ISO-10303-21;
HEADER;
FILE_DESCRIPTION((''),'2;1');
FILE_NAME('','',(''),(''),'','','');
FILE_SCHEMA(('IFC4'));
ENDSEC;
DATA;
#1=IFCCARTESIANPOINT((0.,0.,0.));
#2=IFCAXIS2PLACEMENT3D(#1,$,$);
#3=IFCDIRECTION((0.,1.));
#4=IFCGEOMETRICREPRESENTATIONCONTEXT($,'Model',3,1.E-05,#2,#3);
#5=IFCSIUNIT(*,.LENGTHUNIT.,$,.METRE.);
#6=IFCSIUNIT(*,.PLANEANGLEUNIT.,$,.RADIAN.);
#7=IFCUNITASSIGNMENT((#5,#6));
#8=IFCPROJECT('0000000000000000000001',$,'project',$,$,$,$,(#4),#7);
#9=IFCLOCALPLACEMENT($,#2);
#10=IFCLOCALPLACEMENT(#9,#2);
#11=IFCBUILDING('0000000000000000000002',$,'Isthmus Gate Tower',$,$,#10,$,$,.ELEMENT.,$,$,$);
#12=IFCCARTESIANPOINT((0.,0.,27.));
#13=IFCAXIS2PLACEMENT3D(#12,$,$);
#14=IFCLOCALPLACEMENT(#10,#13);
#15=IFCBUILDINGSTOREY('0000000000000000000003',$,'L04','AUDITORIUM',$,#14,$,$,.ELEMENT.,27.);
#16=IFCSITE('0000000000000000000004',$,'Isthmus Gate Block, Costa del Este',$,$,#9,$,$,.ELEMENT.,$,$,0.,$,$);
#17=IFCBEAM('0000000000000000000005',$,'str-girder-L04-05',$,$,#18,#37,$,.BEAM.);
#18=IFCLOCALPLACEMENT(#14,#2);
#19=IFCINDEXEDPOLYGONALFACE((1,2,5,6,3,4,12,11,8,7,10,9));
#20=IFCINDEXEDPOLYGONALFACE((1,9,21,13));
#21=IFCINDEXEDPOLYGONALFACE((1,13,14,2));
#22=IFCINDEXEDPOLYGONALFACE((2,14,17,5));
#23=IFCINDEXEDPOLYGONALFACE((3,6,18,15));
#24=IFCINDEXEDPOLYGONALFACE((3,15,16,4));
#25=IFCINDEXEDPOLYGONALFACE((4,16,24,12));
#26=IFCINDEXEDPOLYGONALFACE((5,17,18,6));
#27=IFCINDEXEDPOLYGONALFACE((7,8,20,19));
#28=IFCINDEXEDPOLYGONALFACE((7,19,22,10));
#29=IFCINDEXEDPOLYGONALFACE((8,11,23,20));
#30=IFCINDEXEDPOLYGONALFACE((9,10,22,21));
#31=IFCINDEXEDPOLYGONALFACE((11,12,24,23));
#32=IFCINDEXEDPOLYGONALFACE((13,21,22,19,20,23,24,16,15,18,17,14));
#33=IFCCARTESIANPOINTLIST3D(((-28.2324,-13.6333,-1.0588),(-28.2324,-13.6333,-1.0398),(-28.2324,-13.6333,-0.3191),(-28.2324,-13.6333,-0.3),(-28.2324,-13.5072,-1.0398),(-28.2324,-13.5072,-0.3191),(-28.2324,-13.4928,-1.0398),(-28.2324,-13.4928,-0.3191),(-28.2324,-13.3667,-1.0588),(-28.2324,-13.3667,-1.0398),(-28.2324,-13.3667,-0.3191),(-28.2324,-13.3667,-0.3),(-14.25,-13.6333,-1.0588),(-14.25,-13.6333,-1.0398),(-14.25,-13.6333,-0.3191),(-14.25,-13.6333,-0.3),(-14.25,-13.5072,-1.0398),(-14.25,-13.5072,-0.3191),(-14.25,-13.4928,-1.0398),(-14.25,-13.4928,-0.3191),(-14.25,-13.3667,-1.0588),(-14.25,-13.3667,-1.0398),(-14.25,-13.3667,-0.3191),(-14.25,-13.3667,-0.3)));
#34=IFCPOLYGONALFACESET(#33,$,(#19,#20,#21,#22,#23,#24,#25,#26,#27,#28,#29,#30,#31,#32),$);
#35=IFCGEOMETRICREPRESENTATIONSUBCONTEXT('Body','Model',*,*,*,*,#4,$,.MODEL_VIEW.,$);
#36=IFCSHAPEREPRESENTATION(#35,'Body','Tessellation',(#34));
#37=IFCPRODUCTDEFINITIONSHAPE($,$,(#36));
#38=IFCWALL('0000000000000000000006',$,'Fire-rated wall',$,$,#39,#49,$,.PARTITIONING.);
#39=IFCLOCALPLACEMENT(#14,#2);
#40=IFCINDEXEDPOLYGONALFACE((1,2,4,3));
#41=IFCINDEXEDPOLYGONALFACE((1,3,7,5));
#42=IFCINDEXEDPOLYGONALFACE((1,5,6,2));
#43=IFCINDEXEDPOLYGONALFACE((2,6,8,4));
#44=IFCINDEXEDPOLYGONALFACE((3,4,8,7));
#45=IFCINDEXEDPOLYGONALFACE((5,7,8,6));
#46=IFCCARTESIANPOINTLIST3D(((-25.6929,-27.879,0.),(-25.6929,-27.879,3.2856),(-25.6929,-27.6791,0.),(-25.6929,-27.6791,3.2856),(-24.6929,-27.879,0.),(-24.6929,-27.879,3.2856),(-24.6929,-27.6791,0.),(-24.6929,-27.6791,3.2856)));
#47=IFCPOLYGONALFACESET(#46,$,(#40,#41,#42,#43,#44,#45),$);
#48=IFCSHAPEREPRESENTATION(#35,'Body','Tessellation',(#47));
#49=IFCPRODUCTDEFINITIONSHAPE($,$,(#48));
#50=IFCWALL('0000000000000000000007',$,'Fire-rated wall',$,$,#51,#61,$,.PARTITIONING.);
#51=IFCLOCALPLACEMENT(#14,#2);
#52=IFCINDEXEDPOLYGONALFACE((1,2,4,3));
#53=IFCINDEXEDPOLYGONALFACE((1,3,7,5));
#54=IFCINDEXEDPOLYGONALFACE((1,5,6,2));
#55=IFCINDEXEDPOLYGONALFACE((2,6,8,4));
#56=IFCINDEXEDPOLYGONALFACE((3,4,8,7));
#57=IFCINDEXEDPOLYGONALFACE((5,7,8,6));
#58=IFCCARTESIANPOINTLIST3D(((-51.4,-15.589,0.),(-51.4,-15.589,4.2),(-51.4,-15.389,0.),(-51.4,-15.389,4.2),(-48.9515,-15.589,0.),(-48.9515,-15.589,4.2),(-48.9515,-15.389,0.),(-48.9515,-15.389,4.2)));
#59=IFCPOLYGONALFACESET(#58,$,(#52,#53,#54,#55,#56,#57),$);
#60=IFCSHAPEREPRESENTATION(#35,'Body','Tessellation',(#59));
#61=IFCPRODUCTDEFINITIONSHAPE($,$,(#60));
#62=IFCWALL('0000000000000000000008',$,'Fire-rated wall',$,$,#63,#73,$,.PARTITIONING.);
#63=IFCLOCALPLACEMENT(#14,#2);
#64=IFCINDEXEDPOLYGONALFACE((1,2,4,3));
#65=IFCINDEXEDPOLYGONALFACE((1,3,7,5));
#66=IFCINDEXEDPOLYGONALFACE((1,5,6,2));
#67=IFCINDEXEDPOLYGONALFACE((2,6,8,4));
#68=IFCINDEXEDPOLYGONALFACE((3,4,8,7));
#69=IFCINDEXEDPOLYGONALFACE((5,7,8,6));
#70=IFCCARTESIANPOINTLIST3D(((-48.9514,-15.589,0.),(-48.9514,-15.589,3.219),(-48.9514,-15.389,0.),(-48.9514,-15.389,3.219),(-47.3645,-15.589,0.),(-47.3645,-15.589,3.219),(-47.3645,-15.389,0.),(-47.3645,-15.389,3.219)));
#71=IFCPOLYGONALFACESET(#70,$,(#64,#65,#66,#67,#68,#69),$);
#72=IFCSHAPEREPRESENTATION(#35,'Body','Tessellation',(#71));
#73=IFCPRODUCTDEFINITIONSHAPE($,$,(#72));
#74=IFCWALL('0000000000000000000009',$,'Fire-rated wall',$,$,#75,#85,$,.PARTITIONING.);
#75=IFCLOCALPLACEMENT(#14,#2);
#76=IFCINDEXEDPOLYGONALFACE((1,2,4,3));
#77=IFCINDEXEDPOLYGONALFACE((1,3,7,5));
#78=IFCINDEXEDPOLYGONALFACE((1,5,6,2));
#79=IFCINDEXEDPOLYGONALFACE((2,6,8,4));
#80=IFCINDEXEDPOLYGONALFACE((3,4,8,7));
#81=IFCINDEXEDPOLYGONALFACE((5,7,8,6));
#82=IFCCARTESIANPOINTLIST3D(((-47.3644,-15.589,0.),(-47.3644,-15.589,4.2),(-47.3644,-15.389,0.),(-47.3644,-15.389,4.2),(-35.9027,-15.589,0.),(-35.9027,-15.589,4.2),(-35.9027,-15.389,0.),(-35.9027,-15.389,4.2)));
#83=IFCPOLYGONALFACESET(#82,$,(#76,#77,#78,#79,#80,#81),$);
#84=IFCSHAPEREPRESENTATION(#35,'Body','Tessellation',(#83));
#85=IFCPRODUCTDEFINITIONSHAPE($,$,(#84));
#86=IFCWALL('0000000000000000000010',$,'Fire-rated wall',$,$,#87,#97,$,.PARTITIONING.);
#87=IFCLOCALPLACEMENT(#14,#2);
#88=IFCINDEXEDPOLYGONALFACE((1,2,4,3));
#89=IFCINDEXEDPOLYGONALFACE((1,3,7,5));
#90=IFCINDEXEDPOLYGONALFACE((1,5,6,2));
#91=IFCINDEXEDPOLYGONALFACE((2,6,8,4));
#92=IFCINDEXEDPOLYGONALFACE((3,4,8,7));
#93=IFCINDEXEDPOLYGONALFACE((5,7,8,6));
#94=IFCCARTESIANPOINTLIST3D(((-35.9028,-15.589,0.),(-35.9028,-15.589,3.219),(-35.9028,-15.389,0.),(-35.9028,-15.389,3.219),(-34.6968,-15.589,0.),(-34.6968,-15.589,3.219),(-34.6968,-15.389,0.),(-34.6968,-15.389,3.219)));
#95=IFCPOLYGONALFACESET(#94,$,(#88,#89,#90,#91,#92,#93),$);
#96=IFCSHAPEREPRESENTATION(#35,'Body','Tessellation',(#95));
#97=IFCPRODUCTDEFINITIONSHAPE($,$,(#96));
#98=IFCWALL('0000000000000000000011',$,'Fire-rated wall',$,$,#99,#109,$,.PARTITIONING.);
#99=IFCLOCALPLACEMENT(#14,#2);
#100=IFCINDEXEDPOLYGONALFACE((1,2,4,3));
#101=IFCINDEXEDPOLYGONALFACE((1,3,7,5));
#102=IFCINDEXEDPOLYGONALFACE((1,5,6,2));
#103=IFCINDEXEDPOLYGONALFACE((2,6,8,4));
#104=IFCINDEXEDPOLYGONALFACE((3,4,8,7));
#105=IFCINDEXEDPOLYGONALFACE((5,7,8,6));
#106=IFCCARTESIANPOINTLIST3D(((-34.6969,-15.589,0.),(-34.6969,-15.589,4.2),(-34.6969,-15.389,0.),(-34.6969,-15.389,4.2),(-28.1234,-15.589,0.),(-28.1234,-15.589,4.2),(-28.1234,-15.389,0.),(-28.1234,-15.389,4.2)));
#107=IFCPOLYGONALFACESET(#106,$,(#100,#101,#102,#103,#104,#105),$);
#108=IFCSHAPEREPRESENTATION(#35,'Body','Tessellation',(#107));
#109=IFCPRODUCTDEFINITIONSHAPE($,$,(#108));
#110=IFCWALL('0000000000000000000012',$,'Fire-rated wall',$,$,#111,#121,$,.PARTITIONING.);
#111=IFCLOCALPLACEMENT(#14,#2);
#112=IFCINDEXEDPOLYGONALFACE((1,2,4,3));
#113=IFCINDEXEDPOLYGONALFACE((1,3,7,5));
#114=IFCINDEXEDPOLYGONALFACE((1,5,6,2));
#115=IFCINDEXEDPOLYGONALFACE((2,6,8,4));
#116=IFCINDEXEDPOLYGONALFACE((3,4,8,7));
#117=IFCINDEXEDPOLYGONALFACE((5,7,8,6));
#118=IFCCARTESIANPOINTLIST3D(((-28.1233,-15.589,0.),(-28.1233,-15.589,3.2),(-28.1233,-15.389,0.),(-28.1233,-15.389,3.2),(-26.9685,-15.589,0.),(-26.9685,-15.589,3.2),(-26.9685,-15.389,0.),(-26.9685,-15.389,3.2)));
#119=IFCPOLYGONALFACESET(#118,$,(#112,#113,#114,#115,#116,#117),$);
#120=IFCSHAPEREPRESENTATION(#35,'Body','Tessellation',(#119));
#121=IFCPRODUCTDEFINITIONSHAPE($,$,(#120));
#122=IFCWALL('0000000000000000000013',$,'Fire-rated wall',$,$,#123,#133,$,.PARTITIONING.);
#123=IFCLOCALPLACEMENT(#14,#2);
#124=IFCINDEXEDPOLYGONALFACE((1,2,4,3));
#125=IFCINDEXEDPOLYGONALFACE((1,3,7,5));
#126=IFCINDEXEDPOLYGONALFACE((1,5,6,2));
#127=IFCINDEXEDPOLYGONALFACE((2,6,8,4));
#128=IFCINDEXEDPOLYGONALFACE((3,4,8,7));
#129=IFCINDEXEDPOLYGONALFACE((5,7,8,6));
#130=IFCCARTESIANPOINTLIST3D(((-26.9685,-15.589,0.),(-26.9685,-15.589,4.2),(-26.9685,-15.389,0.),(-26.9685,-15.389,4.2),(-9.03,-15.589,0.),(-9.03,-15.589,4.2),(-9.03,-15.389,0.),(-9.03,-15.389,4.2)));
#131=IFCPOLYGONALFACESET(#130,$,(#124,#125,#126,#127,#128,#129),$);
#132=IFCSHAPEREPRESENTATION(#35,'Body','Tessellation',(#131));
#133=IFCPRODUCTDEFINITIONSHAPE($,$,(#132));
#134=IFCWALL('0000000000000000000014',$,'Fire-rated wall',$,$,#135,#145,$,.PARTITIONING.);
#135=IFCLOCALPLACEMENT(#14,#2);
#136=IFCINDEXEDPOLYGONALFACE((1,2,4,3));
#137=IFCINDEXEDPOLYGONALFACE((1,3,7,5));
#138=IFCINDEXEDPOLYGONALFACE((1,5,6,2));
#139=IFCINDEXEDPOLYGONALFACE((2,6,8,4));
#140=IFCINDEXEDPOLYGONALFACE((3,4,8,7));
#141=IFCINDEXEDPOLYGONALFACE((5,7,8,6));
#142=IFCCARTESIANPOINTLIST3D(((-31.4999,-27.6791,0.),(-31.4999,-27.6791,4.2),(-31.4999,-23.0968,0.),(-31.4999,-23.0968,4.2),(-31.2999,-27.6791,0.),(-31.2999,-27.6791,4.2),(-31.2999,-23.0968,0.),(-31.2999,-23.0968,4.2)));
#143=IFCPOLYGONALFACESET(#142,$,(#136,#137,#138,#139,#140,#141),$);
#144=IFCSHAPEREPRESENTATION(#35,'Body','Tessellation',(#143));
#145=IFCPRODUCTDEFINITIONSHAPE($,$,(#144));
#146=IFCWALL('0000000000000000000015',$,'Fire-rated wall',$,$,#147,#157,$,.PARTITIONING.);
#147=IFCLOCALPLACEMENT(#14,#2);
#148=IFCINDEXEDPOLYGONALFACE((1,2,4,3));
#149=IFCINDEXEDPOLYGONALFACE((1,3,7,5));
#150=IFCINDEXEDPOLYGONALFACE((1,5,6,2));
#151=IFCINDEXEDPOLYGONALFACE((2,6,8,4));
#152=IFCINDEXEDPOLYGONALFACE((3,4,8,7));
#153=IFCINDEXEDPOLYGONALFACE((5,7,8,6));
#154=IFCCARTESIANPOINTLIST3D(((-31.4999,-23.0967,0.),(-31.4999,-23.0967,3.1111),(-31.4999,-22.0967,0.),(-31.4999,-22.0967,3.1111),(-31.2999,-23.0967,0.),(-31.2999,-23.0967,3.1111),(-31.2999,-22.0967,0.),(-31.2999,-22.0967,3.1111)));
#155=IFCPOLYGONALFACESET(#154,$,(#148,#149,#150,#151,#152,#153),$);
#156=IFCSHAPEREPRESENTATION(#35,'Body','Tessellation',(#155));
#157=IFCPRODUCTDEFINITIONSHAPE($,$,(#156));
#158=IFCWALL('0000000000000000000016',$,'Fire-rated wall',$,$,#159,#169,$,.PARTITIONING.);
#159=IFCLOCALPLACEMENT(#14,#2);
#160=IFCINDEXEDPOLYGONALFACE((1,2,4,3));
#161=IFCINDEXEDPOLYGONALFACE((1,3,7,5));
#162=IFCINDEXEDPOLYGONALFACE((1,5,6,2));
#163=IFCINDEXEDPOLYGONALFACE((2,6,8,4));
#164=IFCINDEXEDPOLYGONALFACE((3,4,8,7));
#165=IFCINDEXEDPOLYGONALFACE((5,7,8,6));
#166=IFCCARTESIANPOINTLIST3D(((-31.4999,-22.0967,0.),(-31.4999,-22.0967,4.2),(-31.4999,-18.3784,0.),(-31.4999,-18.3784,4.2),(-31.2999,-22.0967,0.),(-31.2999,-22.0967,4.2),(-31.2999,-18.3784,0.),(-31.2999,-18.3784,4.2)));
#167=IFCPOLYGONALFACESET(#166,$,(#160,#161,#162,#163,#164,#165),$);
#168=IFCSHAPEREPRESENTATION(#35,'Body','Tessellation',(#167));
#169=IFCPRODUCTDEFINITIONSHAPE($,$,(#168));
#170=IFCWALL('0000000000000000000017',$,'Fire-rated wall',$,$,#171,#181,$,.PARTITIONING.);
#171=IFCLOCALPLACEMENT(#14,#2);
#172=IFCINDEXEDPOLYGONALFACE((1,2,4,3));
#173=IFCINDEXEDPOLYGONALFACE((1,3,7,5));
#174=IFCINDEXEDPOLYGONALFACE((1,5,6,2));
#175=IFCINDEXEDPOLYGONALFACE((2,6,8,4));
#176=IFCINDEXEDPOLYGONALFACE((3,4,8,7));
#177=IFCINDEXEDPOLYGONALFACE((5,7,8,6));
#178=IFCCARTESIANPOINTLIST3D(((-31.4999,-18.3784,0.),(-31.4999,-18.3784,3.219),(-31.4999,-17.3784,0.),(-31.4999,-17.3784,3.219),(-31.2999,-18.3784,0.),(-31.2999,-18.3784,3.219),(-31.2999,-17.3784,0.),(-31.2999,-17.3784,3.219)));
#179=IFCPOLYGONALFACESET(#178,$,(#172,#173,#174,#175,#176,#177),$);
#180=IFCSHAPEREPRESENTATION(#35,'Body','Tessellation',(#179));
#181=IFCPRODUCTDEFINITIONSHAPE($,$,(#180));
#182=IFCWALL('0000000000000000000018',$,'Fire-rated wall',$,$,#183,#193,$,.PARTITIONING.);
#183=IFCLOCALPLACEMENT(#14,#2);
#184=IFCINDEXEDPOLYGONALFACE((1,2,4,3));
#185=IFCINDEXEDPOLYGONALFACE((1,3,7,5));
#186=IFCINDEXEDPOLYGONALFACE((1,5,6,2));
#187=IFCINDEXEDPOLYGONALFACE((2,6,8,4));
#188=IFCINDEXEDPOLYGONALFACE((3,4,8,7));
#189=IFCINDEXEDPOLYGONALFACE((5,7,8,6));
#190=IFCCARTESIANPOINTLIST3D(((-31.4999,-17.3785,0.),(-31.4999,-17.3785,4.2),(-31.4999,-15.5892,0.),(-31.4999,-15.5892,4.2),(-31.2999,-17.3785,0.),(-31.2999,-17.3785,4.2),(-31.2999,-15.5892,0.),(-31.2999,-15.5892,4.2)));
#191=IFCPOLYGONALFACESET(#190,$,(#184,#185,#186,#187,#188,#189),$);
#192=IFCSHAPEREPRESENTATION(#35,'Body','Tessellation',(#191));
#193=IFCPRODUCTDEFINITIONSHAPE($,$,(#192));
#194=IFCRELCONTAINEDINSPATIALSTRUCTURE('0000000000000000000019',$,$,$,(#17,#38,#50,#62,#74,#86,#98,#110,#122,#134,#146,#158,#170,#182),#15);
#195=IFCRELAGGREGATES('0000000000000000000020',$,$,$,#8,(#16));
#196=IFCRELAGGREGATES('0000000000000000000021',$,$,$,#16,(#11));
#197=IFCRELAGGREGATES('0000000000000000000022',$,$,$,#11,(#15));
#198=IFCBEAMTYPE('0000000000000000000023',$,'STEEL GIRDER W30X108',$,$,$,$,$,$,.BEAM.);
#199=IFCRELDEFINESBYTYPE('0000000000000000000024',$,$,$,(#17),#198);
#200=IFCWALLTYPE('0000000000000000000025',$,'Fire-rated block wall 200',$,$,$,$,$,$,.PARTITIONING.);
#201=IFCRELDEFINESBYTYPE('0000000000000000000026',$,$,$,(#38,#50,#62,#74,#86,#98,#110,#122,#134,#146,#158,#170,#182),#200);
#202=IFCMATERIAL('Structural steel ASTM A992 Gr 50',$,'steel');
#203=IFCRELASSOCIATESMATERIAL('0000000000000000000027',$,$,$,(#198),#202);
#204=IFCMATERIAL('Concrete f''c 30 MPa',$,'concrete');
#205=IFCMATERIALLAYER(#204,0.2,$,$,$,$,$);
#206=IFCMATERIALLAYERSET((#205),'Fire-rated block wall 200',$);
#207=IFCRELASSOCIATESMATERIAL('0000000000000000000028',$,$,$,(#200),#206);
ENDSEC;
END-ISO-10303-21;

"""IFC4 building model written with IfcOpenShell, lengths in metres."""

from ifc_helpers import new_model, si_unit, direction, frame, frame_2d, origin, origin_2d, place, context, subcontext, project, spatial, rectangle, i_section, extrude, material, layer, layer_set, material_profile, profile_set, type_object, element, save


model = new_model("IFC4")

# Units and contexts
model_context = context("Model", 3, precision=1e-05, world=origin(), true_north=direction((0.0, 1.0)))
body_context = subcontext(model_context, "Body", "Model", "MODEL_VIEW")
ifc_project = project(units=[si_unit("LENGTHUNIT", "METRE"), si_unit("PLANEANGLEUNIT", "RADIAN")], contexts=[model_context])

# Site, building, storey
site_placement = place(None, origin())
site = spatial("IfcSite", under=ifc_project, at=site_placement, Name="Isthmus Gate Block, Costa del Este", CompositionType="ELEMENT", RefElevation=0.0)
building_placement = place(site_placement, origin())
building = spatial("IfcBuilding", under=site, at=building_placement, Name="Isthmus Gate Tower", CompositionType="ELEMENT")
storey_placement = place(building_placement, frame((0.0, 0.0, 27.0)))
storey = spatial("IfcBuildingStorey", under=building, at=storey_placement, Name="L04", Description="AUDITORIUM", CompositionType="ELEMENT", Elevation=27.0)

# Beam
ifc_material_1 = material(Name="Structural steel ASTM A992 Gr 50", Category="steel")
ifc_material_profile_1 = material_profile(ifc_material_1, i_section(OverallWidth=0.2666, OverallDepth=0.7588, WebThickness=0.0144, FlangeThickness=0.019, at=origin_2d()), Name="W30X108")
ifc_profile_set_1 = profile_set([ifc_material_profile_1], Name="Structural steel ASTM A992 Gr 50")
beam_type_1 = type_object("IfcBeamType", Name="STEEL GIRDER W30X108", PredefinedType="BEAM", material=ifc_profile_set_1)
beam_1_placement = place(storey_placement, frame((-28.2324, -13.5, -0.6794), z_axis=(1.0, 0.0, 0.0), x_axis=(0.0, 1.0, 0.0)))
element("IfcBeam", 1, at=beam_1_placement, inside=storey, type_object=beam_type_1, Name="str-girder-L04-05", PredefinedType="BEAM", context=body_context, shape_type="SweptSolid", body=[
    extrude(i_section(OverallWidth=0.2666, OverallDepth=0.7588, WebThickness=0.0144, FlangeThickness=0.019, at=origin_2d()), origin(), (0.0, 0.0, 1.0), 13.9824),
])

# Wall
ifc_material_2 = material(Name="Concrete f'c 30 MPa", Category="concrete")
ifc_layer_1 = layer(ifc_material_2, 0.2)
ifc_layer_set_1 = layer_set([ifc_layer_1], Name="Fire-rated block wall 200")
wall_type_1 = type_object("IfcWallType", Name="Fire-rated block wall 200", PredefinedType="PARTITIONING", material=ifc_layer_set_1)
wall_1_placement = place(storey_placement, frame((-25.6929, -27.7791, 0.0), z_axis=(0.0, 0.0, 1.0), x_axis=(1.0, 0.0, 0.0)))
element("IfcWall", 2, at=wall_1_placement, inside=storey, type_object=wall_type_1, Name="Fire-rated wall", PredefinedType="PARTITIONING", context=body_context, shape_type="SweptSolid", body=[
    extrude(rectangle(XDim=1.0, YDim=0.2, at=frame_2d((0.5, 0.0))), origin(), (0.0, 0.0, 1.0), 3.2856),
])

# Walls
wall_2_placement = place(storey_placement, frame((-51.3999, -15.489, 0.0), z_axis=(0.0, 0.0, 1.0), x_axis=(1.0, 0.0, 0.0)))
element("IfcWall", 3, at=wall_2_placement, inside=storey, type_object=wall_type_1, Name="Fire-rated wall", PredefinedType="PARTITIONING", context=body_context, shape_type="SweptSolid", body=[
    extrude(rectangle(XDim=2.4485, YDim=0.2, at=frame_2d((1.2241, 0.0))), origin(), (0.0, 0.0, 1.0), 4.2),
])
wall_3_placement = place(storey_placement, frame((-48.9514, -15.489, 0.0), z_axis=(0.0, 0.0, 1.0), x_axis=(1.0, 0.0, 0.0)))
element("IfcWall", 4, at=wall_3_placement, inside=storey, type_object=wall_type_1, Name="Fire-rated wall", PredefinedType="PARTITIONING", context=body_context, shape_type="SweptSolid", body=[
    extrude(rectangle(XDim=1.5869, YDim=0.2, at=frame_2d((0.7935, 0.0))), origin(), (0.0, 0.0, 1.0), 3.219),
])
wall_4_placement = place(storey_placement, frame((-47.3645, -15.489, 0.0), z_axis=(0.0, 0.0, 1.0), x_axis=(1.0, 0.0, 0.0)))
element("IfcWall", 5, at=wall_4_placement, inside=storey, type_object=wall_type_1, Name="Fire-rated wall", PredefinedType="PARTITIONING", context=body_context, shape_type="SweptSolid", body=[
    extrude(rectangle(XDim=11.4617, YDim=0.2, at=frame_2d((5.731, 0.0))), origin(), (0.0, 0.0, 1.0), 4.2),
])
wall_5_placement = place(storey_placement, frame((-35.9028, -15.489, 0.0), z_axis=(0.0, 0.0, 1.0), x_axis=(1.0, 0.0, 0.0)))
element("IfcWall", 6, at=wall_5_placement, inside=storey, type_object=wall_type_1, Name="Fire-rated wall", PredefinedType="PARTITIONING", context=body_context, shape_type="SweptSolid", body=[
    extrude(rectangle(XDim=1.2061, YDim=0.2, at=frame_2d((0.603, 0.0))), origin(), (0.0, 0.0, 1.0), 3.219),
])
wall_6_placement = place(storey_placement, frame((-34.6968, -15.489, 0.0), z_axis=(0.0, 0.0, 1.0), x_axis=(1.0, 0.0, 0.0)))
element("IfcWall", 7, at=wall_6_placement, inside=storey, type_object=wall_type_1, Name="Fire-rated wall", PredefinedType="PARTITIONING", context=body_context, shape_type="SweptSolid", body=[
    extrude(rectangle(XDim=6.5735, YDim=0.2, at=frame_2d((3.2866, 0.0))), origin(), (0.0, 0.0, 1.0), 4.2),
])
wall_7_placement = place(storey_placement, frame((-28.1233, -15.489, 0.0), z_axis=(0.0, 0.0, 1.0), x_axis=(1.0, 0.0, 0.0)))
element("IfcWall", 8, at=wall_7_placement, inside=storey, type_object=wall_type_1, Name="Fire-rated wall", PredefinedType="PARTITIONING", context=body_context, shape_type="SweptSolid", body=[
    extrude(rectangle(XDim=1.1548, YDim=0.2, at=frame_2d((0.5774, 0.0))), origin(), (0.0, 0.0, 1.0), 3.2),
])
wall_8_placement = place(storey_placement, frame((-26.9685, -15.489, 0.0), z_axis=(0.0, 0.0, 1.0), x_axis=(1.0, 0.0, 0.0)))
element("IfcWall", 9, at=wall_8_placement, inside=storey, type_object=wall_type_1, Name="Fire-rated wall", PredefinedType="PARTITIONING", context=body_context, shape_type="SweptSolid", body=[
    extrude(rectangle(XDim=17.9385, YDim=0.2, at=frame_2d((8.9692, 0.0))), origin(), (0.0, 0.0, 1.0), 4.2),
])
wall_9_placement = place(storey_placement, frame((-31.3999, -27.679, 0.0), z_axis=(0.0, 0.0, 1.0), x_axis=(0.0, 1.0, 0.0)))
element("IfcWall", 10, at=wall_9_placement, inside=storey, type_object=wall_type_1, Name="Fire-rated wall", PredefinedType="PARTITIONING", context=body_context, shape_type="SweptSolid", body=[
    extrude(rectangle(XDim=4.5823, YDim=0.2, at=frame_2d((2.291, 0.0))), origin(), (0.0, 0.0, 1.0), 4.2),
])
wall_10_placement = place(storey_placement, frame((-31.3999, -23.0967, 0.0), z_axis=(0.0, 0.0, 1.0), x_axis=(0.0, 1.0, 0.0)))
element("IfcWall", 11, at=wall_10_placement, inside=storey, type_object=wall_type_1, Name="Fire-rated wall", PredefinedType="PARTITIONING", context=body_context, shape_type="SweptSolid", body=[
    extrude(rectangle(XDim=1.0, YDim=0.2, at=frame_2d((0.5, 0.0))), origin(), (0.0, 0.0, 1.0), 3.1111),
])
wall_11_placement = place(storey_placement, frame((-31.3999, -22.0967, 0.0), z_axis=(0.0, 0.0, 1.0), x_axis=(0.0, 1.0, 0.0)))
element("IfcWall", 12, at=wall_11_placement, inside=storey, type_object=wall_type_1, Name="Fire-rated wall", PredefinedType="PARTITIONING", context=body_context, shape_type="SweptSolid", body=[
    extrude(rectangle(XDim=3.7183, YDim=0.2, at=frame_2d((1.8591, 0.0))), origin(), (0.0, 0.0, 1.0), 4.2),
])
wall_12_placement = place(storey_placement, frame((-31.3999, -18.3784, 0.0), z_axis=(0.0, 0.0, 1.0), x_axis=(0.0, 1.0, 0.0)))
element("IfcWall", 13, at=wall_12_placement, inside=storey, type_object=wall_type_1, Name="Fire-rated wall", PredefinedType="PARTITIONING", context=body_context, shape_type="SweptSolid", body=[
    extrude(rectangle(XDim=1.0, YDim=0.2, at=frame_2d((0.5, 0.0))), origin(), (0.0, 0.0, 1.0), 3.219),
])
wall_13_placement = place(storey_placement, frame((-31.3999, -17.3784, 0.0), z_axis=(0.0, 0.0, 1.0), x_axis=(0.0, 1.0, 0.0)))
element("IfcWall", 14, at=wall_13_placement, inside=storey, type_object=wall_type_1, Name="Fire-rated wall", PredefinedType="PARTITIONING", context=body_context, shape_type="SweptSolid", body=[
    extrude(rectangle(XDim=1.7893, YDim=0.2, at=frame_2d((0.8945, 0.0))), origin(), (0.0, 0.0, 1.0), 4.2),
])

save(model, "model.ifc")
